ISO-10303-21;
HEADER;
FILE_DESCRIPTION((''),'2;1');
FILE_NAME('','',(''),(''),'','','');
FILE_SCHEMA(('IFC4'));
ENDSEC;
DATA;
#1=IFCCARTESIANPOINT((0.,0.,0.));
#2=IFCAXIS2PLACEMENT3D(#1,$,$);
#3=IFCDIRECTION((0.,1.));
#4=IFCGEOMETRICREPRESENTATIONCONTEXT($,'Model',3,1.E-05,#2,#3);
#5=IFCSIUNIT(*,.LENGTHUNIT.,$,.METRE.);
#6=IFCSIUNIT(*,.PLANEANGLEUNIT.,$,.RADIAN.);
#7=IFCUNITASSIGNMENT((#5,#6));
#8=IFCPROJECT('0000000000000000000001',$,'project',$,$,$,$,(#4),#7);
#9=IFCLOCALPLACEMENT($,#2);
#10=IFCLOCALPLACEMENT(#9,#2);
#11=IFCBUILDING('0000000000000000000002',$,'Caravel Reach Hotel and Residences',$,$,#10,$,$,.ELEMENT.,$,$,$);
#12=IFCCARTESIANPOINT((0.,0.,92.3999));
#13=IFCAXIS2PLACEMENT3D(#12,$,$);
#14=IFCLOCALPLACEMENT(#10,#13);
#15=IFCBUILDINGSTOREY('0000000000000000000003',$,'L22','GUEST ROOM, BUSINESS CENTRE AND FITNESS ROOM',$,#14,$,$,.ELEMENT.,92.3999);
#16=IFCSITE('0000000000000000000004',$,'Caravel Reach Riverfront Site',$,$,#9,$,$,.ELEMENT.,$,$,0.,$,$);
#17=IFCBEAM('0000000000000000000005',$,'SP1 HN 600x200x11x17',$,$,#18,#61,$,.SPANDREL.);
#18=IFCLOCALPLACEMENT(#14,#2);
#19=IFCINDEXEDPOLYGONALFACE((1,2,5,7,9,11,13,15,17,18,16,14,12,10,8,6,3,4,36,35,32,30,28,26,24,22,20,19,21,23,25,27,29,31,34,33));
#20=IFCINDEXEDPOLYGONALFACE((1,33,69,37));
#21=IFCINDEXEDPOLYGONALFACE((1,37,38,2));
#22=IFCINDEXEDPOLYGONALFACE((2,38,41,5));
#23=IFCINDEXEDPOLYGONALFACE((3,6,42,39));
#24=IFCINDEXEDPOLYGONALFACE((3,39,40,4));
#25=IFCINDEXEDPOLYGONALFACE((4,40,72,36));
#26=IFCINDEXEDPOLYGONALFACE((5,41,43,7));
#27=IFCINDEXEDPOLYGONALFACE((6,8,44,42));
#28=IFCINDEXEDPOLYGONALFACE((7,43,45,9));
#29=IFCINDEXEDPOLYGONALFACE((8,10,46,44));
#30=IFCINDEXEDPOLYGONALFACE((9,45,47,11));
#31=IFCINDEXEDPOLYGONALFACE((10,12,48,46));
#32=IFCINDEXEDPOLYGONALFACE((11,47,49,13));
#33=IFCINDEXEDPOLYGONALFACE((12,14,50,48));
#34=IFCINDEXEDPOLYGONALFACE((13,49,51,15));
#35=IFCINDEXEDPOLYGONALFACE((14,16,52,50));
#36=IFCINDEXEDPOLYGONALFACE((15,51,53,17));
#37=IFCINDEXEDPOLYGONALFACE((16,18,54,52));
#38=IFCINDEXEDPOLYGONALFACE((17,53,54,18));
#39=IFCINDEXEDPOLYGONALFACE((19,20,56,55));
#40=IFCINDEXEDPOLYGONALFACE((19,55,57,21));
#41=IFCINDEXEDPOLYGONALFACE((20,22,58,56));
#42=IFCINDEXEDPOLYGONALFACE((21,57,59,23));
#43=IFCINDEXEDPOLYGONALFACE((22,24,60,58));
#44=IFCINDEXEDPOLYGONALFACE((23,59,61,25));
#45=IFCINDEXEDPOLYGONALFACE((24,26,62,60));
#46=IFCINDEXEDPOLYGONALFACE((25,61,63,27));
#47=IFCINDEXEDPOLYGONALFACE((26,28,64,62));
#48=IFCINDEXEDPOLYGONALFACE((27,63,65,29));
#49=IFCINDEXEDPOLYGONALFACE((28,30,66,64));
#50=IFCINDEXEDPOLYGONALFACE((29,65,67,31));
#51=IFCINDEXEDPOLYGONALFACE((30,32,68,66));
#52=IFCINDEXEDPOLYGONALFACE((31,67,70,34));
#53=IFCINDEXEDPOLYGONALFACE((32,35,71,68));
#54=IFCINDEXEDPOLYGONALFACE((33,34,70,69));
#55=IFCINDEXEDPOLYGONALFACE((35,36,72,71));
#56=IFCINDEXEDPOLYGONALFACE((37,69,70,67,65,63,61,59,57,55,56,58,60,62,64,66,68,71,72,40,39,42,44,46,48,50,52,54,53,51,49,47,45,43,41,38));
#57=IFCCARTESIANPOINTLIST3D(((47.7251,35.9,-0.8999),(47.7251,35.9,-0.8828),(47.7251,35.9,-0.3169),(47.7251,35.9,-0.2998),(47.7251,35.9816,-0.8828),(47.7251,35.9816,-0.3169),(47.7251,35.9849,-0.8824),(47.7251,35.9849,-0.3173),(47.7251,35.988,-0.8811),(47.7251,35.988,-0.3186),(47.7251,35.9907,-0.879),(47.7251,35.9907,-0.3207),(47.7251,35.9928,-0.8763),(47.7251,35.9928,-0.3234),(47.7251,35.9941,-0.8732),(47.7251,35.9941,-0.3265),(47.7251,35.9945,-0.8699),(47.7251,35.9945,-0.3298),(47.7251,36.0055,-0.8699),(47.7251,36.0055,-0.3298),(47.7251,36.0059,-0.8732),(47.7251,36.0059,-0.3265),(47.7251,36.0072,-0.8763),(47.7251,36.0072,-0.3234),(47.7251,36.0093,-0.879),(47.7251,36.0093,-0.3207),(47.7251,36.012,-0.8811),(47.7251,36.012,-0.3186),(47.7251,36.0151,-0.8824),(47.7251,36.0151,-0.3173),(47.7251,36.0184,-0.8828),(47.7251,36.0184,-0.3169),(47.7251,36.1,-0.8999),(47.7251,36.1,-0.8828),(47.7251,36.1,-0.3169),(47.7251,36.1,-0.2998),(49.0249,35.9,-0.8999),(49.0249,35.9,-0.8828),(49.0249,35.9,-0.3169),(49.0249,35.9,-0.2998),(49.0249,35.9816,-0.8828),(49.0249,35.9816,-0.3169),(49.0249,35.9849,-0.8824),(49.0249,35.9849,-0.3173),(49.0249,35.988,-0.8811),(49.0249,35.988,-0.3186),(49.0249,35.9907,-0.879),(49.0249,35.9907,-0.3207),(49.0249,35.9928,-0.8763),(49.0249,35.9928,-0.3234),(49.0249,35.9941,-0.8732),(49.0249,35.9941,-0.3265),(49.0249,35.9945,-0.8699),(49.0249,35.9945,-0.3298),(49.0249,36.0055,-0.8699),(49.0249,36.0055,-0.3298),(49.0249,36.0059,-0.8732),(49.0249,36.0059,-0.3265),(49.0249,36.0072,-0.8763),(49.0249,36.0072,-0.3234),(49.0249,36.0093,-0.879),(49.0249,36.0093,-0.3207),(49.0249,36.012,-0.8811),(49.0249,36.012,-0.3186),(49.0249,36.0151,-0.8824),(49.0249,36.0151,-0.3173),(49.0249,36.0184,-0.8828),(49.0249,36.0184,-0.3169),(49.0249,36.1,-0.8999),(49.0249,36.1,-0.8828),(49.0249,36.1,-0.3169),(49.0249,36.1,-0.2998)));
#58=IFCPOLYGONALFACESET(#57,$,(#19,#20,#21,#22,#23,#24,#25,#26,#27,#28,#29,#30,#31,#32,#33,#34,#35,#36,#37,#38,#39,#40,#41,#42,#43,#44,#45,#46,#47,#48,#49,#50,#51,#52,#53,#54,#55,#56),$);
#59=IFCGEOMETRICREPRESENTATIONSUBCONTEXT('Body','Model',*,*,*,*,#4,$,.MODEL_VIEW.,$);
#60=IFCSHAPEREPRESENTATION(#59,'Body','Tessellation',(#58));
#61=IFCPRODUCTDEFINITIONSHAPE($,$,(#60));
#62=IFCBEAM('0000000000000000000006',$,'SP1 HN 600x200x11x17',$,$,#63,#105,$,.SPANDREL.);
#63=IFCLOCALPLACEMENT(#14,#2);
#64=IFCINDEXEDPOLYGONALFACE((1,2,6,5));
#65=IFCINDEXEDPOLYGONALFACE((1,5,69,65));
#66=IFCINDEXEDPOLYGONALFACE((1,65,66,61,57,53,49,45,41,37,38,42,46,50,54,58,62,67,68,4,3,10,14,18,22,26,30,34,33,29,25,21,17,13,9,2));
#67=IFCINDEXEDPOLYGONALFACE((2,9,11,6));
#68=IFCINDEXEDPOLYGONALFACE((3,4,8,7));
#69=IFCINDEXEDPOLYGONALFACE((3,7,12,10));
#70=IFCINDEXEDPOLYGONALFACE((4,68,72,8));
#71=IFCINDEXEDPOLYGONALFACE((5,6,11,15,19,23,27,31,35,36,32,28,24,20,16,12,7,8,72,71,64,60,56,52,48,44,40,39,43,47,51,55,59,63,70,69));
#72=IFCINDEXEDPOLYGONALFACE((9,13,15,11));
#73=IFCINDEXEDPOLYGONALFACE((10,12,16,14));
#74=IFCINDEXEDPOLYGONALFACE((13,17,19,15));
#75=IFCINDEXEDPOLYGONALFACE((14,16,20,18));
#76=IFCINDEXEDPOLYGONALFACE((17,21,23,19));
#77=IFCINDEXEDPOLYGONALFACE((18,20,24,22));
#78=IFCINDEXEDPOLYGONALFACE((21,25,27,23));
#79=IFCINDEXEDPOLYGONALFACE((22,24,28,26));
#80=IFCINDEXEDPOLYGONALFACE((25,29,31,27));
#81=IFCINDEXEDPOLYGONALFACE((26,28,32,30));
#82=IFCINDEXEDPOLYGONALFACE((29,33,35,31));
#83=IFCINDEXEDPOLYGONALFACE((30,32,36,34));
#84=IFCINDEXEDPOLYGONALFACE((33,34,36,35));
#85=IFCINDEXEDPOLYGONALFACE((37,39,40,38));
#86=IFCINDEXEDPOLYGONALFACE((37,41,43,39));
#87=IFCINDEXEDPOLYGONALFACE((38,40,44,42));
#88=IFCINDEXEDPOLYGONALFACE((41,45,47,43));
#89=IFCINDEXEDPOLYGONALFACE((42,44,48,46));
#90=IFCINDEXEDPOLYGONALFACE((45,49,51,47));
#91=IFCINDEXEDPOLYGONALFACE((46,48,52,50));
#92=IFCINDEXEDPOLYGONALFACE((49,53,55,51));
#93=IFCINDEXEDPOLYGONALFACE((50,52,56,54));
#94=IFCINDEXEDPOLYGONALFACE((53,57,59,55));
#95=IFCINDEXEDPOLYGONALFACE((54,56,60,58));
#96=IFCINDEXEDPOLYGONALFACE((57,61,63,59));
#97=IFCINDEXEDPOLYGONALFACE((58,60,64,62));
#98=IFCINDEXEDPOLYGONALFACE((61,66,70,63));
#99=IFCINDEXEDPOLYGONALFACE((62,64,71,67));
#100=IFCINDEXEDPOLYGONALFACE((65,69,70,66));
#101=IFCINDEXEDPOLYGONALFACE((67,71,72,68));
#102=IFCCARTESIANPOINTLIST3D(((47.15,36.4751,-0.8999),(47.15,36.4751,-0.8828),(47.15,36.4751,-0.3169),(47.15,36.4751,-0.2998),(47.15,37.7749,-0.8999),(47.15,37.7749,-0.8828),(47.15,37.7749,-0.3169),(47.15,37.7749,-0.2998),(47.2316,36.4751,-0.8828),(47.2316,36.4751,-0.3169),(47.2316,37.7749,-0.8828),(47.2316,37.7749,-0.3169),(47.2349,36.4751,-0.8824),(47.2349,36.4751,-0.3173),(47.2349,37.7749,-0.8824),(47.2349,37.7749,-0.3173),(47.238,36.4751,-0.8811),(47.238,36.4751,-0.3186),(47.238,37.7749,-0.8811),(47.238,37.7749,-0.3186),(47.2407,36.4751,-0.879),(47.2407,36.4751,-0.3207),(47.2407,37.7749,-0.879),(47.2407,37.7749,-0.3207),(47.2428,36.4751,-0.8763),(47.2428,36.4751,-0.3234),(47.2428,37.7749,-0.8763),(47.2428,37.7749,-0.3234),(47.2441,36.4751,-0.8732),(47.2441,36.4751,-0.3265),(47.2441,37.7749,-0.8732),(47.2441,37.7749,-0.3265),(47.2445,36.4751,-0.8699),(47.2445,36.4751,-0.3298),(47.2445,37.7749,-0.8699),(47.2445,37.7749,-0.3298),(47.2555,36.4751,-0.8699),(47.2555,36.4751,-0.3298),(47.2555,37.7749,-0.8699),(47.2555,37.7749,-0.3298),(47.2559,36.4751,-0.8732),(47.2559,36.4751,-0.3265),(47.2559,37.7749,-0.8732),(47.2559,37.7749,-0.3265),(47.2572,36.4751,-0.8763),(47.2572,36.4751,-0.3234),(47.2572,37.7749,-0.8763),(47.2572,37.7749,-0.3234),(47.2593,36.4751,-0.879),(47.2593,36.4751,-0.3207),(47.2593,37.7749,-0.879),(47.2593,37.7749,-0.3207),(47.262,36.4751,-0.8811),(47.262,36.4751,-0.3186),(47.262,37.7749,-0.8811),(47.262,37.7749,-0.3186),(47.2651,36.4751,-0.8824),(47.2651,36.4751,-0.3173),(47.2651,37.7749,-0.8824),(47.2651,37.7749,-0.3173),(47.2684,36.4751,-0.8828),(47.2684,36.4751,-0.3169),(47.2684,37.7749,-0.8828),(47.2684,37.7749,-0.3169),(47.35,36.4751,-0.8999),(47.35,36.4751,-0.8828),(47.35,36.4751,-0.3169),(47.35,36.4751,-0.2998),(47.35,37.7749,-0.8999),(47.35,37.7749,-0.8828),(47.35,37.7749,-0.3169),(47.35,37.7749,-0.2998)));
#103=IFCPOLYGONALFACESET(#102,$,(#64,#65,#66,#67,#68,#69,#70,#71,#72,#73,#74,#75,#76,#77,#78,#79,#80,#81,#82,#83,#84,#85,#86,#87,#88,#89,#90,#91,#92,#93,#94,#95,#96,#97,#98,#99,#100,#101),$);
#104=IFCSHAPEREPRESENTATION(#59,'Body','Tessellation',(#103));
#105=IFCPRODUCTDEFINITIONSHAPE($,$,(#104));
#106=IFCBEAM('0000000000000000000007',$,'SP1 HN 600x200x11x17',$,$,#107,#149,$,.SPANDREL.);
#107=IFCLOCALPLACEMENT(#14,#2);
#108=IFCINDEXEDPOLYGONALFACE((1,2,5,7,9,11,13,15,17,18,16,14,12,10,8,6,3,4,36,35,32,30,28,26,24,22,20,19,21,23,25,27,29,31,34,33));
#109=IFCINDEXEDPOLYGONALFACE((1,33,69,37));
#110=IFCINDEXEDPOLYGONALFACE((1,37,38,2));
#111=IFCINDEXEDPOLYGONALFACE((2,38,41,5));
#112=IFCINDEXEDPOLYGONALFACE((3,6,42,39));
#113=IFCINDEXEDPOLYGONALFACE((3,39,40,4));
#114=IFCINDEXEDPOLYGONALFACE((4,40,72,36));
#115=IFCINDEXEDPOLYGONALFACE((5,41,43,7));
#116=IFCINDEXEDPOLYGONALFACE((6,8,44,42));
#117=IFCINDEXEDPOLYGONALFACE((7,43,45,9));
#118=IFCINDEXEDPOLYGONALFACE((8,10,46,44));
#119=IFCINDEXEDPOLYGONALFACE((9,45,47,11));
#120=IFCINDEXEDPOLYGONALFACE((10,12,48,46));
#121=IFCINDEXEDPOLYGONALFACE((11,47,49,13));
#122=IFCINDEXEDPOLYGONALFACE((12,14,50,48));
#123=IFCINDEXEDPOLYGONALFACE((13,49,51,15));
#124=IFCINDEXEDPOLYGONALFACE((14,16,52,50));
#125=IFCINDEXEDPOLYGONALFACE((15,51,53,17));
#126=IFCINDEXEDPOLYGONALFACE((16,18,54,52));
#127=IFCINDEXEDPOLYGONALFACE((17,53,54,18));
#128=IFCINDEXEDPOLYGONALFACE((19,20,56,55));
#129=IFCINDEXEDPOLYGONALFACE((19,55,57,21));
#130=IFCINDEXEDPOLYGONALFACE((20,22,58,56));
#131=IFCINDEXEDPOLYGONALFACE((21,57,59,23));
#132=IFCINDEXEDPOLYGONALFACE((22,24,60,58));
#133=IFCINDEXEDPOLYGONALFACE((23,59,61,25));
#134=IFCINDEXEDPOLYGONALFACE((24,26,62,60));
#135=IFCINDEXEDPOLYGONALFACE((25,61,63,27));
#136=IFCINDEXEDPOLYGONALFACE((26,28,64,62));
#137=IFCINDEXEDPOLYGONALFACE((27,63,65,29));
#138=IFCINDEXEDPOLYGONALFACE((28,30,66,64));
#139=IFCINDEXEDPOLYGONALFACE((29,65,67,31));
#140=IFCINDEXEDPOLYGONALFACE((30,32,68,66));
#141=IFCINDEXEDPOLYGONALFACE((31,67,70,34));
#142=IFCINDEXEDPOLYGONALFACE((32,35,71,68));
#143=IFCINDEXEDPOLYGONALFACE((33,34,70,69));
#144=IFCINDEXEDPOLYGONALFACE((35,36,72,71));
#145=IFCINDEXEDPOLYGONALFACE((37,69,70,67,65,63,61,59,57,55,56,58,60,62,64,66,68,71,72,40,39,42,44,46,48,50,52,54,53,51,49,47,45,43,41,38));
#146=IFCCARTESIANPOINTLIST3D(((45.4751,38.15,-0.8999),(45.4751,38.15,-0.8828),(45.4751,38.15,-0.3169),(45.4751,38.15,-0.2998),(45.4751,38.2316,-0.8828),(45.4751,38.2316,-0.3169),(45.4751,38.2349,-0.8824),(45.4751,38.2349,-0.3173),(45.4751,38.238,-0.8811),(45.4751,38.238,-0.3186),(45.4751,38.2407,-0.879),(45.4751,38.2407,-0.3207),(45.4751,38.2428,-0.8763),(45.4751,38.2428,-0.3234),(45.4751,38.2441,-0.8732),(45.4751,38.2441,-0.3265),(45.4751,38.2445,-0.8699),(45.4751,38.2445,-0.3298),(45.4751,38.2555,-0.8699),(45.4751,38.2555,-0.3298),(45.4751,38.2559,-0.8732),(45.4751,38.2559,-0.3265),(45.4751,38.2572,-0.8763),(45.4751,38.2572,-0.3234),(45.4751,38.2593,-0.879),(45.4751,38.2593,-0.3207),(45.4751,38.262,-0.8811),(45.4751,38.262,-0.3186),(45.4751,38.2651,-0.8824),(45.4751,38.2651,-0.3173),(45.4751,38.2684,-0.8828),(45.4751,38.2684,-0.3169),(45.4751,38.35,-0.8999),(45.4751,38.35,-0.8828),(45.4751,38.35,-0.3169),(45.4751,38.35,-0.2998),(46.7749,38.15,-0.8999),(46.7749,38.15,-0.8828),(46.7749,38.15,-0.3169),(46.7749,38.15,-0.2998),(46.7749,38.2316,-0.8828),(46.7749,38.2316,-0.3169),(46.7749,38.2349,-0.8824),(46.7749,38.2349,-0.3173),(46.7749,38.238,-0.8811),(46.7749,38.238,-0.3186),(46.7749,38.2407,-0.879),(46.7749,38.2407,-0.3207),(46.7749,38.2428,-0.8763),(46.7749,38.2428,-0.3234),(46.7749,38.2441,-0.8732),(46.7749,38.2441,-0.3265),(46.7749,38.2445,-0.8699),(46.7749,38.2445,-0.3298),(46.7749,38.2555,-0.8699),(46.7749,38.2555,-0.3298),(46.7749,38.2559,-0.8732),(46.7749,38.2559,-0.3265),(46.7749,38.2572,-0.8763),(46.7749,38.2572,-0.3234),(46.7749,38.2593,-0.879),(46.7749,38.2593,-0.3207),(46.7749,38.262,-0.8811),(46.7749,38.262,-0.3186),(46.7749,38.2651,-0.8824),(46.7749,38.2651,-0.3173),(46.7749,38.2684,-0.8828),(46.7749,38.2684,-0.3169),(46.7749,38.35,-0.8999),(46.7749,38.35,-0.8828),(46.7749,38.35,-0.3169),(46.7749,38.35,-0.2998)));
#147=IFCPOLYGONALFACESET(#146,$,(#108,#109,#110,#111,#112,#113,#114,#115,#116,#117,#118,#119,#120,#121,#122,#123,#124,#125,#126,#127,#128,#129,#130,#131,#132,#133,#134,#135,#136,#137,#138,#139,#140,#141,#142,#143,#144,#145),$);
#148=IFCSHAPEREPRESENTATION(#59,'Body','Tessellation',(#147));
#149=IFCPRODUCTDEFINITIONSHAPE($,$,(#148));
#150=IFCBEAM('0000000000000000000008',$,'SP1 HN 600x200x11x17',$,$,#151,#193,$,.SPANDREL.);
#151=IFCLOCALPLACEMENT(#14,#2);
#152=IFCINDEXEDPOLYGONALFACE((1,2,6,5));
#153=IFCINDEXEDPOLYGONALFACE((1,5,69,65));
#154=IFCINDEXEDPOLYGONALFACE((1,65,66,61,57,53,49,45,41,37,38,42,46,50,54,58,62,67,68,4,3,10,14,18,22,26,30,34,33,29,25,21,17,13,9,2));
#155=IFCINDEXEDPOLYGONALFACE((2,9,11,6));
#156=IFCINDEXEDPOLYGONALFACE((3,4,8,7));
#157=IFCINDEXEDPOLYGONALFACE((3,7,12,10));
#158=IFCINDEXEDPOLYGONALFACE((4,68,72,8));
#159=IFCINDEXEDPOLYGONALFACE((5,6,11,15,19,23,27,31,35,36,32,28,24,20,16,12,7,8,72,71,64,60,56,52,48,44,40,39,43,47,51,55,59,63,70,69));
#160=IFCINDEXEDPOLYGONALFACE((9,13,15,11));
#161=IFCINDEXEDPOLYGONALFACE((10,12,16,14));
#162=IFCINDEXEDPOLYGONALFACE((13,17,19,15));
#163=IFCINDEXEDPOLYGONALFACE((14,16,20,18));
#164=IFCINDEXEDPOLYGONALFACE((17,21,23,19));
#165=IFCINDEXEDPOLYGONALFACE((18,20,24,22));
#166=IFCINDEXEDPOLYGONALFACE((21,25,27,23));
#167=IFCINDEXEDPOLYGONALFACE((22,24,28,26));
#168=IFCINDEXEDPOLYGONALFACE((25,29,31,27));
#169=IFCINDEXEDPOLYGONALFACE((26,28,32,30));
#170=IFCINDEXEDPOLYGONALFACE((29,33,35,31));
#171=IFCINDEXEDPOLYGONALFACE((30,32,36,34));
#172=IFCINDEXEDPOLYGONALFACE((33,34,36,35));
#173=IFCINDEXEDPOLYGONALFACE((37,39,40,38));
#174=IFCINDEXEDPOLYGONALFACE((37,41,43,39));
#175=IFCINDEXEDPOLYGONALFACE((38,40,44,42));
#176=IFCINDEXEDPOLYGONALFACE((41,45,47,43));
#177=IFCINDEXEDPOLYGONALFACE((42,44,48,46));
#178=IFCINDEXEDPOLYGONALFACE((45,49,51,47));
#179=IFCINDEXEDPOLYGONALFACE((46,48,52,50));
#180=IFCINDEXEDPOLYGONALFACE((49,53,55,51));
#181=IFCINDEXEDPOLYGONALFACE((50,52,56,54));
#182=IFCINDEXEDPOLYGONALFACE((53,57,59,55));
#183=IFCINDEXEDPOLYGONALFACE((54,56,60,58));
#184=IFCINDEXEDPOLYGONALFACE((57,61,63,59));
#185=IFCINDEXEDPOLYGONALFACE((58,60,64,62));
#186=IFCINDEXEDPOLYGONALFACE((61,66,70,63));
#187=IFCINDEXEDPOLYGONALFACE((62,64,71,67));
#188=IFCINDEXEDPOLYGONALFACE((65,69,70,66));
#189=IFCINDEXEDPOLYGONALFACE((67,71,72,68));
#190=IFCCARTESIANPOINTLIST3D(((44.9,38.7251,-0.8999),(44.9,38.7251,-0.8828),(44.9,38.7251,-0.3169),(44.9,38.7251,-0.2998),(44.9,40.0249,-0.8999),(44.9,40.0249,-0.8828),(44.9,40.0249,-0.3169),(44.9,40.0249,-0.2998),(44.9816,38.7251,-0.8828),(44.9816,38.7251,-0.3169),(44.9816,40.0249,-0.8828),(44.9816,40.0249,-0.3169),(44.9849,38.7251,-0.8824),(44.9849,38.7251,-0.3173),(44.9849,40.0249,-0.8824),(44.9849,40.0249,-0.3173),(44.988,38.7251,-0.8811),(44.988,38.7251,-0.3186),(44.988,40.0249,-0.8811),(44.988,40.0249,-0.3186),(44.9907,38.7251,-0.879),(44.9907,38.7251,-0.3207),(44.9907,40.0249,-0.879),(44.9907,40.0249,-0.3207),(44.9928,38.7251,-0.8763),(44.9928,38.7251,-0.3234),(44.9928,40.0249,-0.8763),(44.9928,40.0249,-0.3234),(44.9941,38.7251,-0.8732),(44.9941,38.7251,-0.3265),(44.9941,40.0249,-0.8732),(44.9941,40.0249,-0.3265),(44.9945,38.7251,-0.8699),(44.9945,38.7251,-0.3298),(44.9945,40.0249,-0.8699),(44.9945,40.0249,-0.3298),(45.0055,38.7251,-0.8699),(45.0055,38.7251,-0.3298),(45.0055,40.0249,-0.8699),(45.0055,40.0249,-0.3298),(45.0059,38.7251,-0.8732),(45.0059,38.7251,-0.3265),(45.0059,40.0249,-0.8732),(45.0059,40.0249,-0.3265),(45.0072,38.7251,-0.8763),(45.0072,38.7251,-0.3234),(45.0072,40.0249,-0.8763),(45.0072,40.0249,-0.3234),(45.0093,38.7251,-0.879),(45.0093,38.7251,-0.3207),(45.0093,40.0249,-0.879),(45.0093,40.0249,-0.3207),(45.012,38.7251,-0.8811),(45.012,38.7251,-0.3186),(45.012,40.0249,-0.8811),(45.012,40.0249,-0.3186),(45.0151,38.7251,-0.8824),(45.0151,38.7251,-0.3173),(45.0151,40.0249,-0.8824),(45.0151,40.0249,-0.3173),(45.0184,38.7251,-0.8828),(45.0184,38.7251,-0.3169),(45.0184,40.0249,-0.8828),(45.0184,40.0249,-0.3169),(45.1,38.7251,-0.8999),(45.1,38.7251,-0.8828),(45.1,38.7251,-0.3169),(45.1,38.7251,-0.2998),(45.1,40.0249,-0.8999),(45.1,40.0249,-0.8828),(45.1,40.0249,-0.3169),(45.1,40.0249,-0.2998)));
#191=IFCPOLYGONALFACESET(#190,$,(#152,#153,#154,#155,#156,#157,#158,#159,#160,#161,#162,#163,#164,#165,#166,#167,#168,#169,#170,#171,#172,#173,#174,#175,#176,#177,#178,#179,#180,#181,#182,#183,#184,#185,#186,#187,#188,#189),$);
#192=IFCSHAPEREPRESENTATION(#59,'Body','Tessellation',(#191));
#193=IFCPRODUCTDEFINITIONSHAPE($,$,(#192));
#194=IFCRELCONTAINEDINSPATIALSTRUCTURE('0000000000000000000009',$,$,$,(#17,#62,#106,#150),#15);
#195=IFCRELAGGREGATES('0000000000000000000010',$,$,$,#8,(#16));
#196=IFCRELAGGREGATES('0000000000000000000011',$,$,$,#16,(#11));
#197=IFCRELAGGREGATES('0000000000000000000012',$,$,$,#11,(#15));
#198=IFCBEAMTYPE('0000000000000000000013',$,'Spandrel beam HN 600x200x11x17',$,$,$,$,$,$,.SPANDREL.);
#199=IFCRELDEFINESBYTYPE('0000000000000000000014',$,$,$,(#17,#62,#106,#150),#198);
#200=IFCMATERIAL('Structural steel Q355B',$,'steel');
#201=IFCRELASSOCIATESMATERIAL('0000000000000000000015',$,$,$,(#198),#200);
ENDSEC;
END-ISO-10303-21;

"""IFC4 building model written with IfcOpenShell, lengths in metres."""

from ifc_helpers import new_model, si_unit, direction, frame, origin, origin_2d, place, context, subcontext, project, spatial, i_section, extrude, material, material_profile, profile_set, type_object, element, save


model = new_model("IFC4")

# Units and contexts
model_context = context("Model", 3, precision=1e-05, world=origin(), true_north=direction((0.0, 1.0)))
body_context = subcontext(model_context, "Body", "Model", "MODEL_VIEW")
ifc_project = project(units=[si_unit("LENGTHUNIT", "METRE"), si_unit("PLANEANGLEUNIT", "RADIAN")], contexts=[model_context])

# Site, building, storey
site_placement = place(None, origin())
site = spatial("IfcSite", under=ifc_project, at=site_placement, Name="Caravel Reach Riverfront Site", CompositionType="ELEMENT", RefElevation=0.0)
building_placement = place(site_placement, origin())
building = spatial("IfcBuilding", under=site, at=building_placement, Name="Caravel Reach Hotel and Residences", CompositionType="ELEMENT")
storey_placement = place(building_placement, frame((0.0, 0.0, 92.3999)))
storey = spatial("IfcBuildingStorey", under=building, at=storey_placement, Name="L22", Description="GUEST ROOM, BUSINESS CENTRE AND FITNESS ROOM", CompositionType="ELEMENT", Elevation=92.3999)

# Beams
ifc_material_1 = material(Name="Structural steel Q355B", Category="steel")
ifc_material_profile_1 = material_profile(ifc_material_1, i_section(OverallWidth=0.2, OverallDepth=0.6001, WebThickness=0.011, FlangeThickness=0.0171, FilletRadius=0.0129, at=origin_2d()), Name="HN 600x200x11x17")
ifc_profile_set_1 = profile_set([ifc_material_profile_1], Name="Structural steel Q355B")
beam_type_1 = type_object("IfcBeamType", Name="Spandrel beam HN 600x200x11x17", PredefinedType="SPANDREL", material=ifc_profile_set_1)
for number, where, z_axis, x_axis, name in (
    (1, (49.0249, 36.0, -0.5999), (-1.0, 0.0, 0.0), (0.0, -1.0, 0.0), "SP1 HN 600x200x11x17"),
    (2, (47.25, 36.4751, -0.5999), (0.0, 1.0, 0.0), (-1.0, 0.0, 0.0), "SP1 HN 600x200x11x17"),
    (3, (46.7749, 38.25, -0.5999), (-1.0, 0.0, 0.0), (0.0, -1.0, 0.0), "SP1 HN 600x200x11x17"),
    (4, (45.0, 38.7251, -0.5999), (0.0, 1.0, 0.0), (-1.0, 0.0, 0.0), "SP1 HN 600x200x11x17"),
):
    element("IfcBeam", number, at=place(storey_placement, frame(where, z_axis=z_axis, x_axis=x_axis)), inside=storey, type_object=beam_type_1, Name=name, PredefinedType="SPANDREL", context=body_context, shape_type="SweptSolid", body=[
        extrude(i_section(OverallWidth=0.2, OverallDepth=0.6001, WebThickness=0.011, FlangeThickness=0.0171, FilletRadius=0.0129, at=origin_2d()), origin(), (0.0, 0.0, 1.0), 1.2998),
    ])

save(model, "model.ifc")
